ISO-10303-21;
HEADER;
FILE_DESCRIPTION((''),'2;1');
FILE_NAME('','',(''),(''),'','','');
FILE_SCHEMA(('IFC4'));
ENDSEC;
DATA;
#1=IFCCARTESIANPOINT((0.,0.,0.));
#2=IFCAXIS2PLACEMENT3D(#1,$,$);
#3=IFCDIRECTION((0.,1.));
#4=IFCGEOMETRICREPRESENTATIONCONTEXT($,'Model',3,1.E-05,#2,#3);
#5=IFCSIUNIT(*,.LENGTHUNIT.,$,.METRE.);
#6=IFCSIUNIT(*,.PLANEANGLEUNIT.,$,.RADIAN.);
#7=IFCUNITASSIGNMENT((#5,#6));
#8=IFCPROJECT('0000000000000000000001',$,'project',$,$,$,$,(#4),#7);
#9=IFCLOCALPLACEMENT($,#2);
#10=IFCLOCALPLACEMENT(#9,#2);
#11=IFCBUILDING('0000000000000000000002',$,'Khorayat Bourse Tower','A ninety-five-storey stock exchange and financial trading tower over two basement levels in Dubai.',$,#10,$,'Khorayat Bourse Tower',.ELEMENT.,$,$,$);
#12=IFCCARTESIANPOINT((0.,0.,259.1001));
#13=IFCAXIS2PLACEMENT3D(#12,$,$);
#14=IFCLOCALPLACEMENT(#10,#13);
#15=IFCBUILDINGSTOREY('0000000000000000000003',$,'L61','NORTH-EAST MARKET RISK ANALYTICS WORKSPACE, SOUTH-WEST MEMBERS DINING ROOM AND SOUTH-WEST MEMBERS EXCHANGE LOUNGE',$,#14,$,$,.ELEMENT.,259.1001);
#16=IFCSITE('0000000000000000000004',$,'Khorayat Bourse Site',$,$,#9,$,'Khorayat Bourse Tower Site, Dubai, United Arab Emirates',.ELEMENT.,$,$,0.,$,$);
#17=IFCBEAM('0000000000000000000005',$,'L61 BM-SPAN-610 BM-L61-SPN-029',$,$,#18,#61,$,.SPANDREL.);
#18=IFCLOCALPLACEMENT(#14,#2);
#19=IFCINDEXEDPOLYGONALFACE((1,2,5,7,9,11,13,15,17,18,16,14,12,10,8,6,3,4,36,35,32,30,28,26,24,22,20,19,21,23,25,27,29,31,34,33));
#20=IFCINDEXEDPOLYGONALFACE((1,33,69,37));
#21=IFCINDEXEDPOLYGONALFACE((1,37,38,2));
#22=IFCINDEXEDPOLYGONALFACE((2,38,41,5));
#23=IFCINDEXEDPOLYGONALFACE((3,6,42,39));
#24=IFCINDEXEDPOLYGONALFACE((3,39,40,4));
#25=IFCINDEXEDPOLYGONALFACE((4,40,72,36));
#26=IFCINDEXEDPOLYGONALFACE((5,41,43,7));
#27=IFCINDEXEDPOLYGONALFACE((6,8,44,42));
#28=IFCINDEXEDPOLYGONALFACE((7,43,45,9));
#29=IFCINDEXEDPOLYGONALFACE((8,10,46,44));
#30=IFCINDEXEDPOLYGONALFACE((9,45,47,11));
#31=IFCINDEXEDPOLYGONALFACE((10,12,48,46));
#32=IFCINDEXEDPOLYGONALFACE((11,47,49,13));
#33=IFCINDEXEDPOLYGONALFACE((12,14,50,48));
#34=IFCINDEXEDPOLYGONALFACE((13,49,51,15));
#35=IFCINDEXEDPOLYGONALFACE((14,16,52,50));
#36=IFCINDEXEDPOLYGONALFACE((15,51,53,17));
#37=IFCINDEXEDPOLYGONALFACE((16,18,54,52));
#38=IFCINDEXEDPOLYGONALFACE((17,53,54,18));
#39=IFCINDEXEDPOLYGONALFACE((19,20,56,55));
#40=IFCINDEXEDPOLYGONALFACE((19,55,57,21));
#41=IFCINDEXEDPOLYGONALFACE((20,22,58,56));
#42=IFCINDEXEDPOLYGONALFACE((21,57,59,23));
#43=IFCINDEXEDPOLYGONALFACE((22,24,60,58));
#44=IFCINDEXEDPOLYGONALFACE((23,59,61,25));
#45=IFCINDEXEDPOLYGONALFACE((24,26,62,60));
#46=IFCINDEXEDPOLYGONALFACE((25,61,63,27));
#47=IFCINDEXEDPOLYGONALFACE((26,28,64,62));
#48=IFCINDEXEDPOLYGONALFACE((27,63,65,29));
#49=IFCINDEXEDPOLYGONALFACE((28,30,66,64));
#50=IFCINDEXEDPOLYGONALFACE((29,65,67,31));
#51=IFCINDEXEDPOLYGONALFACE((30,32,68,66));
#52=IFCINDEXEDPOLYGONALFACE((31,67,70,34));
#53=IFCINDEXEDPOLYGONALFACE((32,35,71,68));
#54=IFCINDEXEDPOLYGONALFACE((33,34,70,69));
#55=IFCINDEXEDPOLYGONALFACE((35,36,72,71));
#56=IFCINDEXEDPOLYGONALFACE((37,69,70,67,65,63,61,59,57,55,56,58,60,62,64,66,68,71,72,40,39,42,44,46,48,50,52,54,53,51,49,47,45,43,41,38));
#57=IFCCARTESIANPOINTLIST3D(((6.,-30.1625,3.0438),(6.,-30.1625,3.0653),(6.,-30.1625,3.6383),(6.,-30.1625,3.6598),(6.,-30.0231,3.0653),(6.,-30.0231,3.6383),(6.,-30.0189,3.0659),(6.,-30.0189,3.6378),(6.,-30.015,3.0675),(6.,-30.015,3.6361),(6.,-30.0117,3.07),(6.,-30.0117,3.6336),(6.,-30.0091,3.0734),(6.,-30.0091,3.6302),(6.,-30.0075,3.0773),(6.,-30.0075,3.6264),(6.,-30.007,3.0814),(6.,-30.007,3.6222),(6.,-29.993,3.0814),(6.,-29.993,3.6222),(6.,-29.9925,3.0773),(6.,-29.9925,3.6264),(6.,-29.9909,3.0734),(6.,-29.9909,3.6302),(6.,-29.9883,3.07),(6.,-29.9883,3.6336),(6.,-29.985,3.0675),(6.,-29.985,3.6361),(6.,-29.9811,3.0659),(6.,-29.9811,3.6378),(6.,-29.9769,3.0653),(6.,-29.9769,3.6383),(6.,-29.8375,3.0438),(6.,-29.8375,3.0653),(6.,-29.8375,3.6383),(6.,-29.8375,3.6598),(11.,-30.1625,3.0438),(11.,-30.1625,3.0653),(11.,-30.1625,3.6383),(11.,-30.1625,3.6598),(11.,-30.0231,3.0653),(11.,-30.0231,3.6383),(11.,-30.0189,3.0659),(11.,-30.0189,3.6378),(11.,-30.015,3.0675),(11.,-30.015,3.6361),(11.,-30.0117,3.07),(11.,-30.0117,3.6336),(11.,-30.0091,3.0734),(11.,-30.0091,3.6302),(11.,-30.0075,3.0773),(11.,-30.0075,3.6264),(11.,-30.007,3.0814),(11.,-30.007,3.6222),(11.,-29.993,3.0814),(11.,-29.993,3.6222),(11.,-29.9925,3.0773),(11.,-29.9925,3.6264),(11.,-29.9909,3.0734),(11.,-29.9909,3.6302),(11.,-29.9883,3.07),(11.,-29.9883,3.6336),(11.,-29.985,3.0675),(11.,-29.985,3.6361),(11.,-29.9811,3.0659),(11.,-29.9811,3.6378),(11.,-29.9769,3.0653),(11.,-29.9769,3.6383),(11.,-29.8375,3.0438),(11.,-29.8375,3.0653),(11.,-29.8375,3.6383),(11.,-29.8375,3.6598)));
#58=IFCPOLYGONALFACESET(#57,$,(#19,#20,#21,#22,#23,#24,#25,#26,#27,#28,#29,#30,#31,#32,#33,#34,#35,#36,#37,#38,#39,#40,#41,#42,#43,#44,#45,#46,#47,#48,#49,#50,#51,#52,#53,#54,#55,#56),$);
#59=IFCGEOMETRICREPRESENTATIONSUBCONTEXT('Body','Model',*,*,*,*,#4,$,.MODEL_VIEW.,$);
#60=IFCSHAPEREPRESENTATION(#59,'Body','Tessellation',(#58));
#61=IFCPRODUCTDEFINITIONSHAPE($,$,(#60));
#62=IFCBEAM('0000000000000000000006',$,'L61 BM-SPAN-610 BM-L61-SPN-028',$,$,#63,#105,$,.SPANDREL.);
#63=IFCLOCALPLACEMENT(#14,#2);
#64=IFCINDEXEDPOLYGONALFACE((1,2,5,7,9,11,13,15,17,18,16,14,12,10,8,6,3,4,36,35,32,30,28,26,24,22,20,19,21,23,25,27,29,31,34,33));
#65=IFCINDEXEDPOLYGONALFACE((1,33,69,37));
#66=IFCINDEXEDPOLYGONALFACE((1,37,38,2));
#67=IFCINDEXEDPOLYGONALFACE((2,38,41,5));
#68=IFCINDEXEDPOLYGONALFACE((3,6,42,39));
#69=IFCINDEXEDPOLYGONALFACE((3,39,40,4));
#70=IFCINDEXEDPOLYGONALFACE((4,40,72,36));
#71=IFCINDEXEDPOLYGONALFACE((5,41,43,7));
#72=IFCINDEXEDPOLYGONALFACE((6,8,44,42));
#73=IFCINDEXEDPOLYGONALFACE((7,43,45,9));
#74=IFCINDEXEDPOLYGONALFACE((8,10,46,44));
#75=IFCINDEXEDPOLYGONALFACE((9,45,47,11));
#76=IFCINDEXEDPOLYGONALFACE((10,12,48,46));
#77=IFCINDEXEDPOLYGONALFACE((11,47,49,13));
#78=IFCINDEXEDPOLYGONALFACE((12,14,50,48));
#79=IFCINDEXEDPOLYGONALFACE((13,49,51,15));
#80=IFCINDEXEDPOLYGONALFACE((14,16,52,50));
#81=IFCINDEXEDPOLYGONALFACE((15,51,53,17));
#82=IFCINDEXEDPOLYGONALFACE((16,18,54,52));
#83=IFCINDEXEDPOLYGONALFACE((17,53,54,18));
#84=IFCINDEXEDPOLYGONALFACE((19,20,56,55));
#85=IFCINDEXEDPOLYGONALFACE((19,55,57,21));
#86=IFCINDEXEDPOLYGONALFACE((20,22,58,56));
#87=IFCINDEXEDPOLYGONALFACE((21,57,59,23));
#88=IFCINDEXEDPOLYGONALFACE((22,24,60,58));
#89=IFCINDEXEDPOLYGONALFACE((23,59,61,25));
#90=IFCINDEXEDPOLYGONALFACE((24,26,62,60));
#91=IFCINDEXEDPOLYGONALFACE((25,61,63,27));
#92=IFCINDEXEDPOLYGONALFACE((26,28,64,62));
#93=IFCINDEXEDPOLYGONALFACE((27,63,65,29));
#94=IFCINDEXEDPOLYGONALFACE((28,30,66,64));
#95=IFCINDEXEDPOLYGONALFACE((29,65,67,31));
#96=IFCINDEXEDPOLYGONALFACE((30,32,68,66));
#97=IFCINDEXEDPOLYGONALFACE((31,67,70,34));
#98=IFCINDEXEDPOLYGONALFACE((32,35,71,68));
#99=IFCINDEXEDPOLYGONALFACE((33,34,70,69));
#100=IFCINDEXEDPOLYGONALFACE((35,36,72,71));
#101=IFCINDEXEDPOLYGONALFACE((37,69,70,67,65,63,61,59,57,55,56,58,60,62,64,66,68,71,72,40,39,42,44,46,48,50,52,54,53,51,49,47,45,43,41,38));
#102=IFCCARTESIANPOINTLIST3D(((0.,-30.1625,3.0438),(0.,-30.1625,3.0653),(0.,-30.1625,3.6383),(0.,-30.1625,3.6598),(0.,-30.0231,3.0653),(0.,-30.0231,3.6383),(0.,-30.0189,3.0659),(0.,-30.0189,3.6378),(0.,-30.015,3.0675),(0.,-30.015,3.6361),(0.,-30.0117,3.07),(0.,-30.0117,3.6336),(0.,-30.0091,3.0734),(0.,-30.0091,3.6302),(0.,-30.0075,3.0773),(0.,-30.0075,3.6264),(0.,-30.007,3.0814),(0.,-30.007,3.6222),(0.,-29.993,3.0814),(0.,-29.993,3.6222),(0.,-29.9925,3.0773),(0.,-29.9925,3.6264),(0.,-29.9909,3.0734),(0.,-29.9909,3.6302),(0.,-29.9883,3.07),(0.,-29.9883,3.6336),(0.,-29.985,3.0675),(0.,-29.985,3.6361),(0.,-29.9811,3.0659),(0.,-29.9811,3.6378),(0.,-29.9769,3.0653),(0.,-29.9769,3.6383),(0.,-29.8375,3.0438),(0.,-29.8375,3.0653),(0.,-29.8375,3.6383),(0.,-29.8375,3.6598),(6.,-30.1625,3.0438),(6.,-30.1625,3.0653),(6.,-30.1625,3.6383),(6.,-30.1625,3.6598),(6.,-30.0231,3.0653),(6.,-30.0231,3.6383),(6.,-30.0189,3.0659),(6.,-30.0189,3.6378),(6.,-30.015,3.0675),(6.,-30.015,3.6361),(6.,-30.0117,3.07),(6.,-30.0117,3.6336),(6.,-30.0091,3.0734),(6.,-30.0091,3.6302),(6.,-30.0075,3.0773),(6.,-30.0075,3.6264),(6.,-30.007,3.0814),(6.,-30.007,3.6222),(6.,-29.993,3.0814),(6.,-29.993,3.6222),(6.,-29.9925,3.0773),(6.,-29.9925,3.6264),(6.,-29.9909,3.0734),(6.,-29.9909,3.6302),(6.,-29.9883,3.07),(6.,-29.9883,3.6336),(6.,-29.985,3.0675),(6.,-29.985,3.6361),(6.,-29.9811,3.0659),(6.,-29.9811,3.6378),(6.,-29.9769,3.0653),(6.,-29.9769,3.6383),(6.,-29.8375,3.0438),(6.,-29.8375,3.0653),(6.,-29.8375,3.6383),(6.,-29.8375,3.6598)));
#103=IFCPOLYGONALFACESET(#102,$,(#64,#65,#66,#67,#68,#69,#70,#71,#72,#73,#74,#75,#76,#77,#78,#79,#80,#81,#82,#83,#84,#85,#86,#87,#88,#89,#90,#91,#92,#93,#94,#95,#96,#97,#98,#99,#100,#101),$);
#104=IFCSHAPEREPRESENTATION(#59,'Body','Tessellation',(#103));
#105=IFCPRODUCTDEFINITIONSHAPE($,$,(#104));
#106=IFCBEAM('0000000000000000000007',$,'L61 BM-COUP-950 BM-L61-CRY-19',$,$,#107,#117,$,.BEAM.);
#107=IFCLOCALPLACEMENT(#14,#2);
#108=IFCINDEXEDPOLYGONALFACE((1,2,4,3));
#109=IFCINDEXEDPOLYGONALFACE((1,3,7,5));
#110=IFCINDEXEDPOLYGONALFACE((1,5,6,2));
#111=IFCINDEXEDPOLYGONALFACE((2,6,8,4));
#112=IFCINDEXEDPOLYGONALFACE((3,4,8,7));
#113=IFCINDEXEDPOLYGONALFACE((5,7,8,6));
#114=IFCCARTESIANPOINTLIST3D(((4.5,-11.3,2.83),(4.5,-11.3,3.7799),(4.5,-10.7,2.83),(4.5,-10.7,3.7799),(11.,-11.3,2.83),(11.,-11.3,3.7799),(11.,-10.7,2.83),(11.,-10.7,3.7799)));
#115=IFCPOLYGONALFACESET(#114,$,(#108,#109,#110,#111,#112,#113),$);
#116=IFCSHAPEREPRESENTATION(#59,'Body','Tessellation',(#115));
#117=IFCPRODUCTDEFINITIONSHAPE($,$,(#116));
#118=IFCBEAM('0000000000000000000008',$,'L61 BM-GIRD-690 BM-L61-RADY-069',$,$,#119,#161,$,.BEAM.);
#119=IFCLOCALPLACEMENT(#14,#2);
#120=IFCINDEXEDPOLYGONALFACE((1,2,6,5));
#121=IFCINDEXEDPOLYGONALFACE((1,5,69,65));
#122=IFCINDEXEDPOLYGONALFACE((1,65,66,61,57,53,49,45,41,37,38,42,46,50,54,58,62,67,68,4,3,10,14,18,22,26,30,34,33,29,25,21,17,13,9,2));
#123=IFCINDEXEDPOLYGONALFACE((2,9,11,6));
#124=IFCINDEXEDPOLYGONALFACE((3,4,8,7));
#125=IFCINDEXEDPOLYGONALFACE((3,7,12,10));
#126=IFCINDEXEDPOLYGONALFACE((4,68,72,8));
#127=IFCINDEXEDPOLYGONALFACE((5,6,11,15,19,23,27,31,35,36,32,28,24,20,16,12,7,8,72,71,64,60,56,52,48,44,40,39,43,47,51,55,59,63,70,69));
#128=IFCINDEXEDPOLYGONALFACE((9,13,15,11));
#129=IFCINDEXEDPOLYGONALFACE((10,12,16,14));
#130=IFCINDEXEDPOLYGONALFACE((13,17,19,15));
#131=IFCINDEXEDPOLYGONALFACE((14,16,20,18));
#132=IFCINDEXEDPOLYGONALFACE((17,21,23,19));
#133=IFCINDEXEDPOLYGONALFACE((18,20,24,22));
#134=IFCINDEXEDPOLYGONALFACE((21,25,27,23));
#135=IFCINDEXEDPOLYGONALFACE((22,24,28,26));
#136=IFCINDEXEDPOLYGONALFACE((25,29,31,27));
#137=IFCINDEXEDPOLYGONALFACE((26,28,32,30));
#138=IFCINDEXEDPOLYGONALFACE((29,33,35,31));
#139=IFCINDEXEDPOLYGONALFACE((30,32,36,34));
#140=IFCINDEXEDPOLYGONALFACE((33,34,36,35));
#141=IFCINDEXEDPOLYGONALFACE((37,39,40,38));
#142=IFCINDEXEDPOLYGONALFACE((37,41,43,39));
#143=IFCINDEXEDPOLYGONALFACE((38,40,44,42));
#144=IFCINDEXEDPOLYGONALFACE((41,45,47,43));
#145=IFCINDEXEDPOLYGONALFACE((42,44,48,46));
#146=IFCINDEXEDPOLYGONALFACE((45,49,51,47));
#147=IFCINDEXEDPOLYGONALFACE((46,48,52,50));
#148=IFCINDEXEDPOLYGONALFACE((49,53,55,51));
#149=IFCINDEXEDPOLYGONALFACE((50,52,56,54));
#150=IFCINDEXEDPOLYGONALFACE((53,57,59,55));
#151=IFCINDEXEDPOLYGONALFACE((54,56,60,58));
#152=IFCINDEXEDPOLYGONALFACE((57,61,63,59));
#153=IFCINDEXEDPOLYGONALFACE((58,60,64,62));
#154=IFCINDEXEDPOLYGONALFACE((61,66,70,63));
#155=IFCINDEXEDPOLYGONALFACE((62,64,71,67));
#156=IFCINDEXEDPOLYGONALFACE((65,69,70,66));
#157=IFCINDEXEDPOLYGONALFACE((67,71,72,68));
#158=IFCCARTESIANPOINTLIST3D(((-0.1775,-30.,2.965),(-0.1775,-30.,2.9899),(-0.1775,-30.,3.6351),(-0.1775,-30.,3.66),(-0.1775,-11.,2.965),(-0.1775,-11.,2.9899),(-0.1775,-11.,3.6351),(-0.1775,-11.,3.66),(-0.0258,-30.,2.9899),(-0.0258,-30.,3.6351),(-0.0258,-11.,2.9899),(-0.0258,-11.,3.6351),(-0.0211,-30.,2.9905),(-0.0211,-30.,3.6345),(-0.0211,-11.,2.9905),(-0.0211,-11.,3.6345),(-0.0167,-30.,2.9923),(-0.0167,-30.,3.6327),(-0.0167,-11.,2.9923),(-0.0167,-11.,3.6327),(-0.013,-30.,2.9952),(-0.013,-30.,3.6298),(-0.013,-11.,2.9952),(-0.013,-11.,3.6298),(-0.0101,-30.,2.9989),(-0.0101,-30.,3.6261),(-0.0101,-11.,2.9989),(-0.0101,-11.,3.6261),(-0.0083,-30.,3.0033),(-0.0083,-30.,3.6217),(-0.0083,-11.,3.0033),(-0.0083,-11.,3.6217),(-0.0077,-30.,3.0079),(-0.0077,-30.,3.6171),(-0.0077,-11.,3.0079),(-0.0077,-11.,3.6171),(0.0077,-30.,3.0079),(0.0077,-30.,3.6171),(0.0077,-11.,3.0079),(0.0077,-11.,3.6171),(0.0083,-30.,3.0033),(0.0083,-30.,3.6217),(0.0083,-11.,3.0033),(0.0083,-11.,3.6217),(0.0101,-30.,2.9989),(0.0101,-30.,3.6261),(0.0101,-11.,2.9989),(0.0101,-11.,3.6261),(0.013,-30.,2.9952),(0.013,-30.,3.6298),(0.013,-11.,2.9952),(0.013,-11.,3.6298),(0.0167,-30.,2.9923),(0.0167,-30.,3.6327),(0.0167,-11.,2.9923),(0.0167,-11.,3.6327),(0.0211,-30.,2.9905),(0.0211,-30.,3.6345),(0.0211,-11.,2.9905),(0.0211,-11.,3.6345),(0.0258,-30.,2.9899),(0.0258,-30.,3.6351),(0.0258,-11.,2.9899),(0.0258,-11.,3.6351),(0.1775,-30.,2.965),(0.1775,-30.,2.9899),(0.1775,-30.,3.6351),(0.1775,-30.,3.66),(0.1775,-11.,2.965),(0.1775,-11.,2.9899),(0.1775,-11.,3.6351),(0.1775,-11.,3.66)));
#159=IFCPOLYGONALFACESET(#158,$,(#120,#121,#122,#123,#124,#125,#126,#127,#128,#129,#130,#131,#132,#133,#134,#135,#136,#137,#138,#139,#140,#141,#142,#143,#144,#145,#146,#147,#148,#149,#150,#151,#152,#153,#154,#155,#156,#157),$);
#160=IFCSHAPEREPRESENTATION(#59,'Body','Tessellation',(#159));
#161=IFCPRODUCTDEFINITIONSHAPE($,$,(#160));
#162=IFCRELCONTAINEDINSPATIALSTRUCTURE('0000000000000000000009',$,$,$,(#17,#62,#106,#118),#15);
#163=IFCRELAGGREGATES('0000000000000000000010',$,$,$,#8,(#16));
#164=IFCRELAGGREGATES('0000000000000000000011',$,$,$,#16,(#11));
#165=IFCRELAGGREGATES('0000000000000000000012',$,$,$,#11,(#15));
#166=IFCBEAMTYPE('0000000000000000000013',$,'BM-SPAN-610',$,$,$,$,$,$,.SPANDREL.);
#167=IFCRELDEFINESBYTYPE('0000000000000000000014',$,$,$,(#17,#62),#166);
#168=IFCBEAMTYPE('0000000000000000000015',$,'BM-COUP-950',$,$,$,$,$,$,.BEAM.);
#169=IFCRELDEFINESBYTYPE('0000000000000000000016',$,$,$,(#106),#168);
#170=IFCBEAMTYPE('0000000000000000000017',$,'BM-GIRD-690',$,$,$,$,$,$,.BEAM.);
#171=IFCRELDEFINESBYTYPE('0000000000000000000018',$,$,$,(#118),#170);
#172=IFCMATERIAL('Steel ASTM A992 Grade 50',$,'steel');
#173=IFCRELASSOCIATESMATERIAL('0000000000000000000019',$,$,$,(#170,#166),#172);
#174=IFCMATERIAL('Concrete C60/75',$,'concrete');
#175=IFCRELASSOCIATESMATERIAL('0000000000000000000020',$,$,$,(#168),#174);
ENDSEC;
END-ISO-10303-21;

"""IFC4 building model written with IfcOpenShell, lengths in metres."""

from ifc_helpers import new_model, si_unit, direction, frame, origin, origin_2d, place, context, subcontext, project, spatial, rectangle, i_section, extrude, source, transform, mapped, material, material_profile, profile_set, type_object, element, save


model = new_model("IFC4")

# Units and contexts
model_context = context("Model", 3, precision=1e-05, world=origin(), true_north=direction((0.0, 1.0)))
body_context = subcontext(model_context, "Body", "Model", "MODEL_VIEW")
ifc_project = project(units=[si_unit("LENGTHUNIT", "METRE"), si_unit("PLANEANGLEUNIT", "RADIAN")], contexts=[model_context])

# Site, building, storey
site_placement = place(None, origin())
site = spatial("IfcSite", under=ifc_project, at=site_placement, Name="Khorayat Bourse Site", LongName="Khorayat Bourse Tower Site, Dubai, United Arab Emirates", CompositionType="ELEMENT", RefElevation=0.0)
building_placement = place(site_placement, origin())
building = spatial("IfcBuilding", under=site, at=building_placement, Name="Khorayat Bourse Tower", Description="A ninety-five-storey stock exchange and financial trading tower over two basement levels in Dubai.", LongName="Khorayat Bourse Tower", CompositionType="ELEMENT")
storey_placement = place(building_placement, frame((0.0, 0.0, 259.1001)))
storey = spatial("IfcBuildingStorey", under=building, at=storey_placement, Name="L61", Description="NORTH-EAST MARKET RISK ANALYTICS WORKSPACE, SOUTH-WEST MEMBERS DINING ROOM AND SOUTH-WEST MEMBERS EXCHANGE LOUNGE", CompositionType="ELEMENT", Elevation=259.1001)

# Shared definitions
ifc_material_1 = material(Name="Concrete C60/75", Category="concrete")

# Beams
ifc_material_2 = material(Name="Steel ASTM A992 Grade 50", Category="steel")
ifc_material_profile_1 = material_profile(ifc_material_2, i_section(OverallWidth=0.355, OverallDepth=0.6951, WebThickness=0.0154, FlangeThickness=0.0249, FilletRadius=0.0181, at=origin_2d()), Name="W690X217")
ifc_profile_set_1 = profile_set([ifc_material_profile_1], Name="Steel ASTM A992 Grade 50")
beam_type_1 = type_object("IfcBeamType", Name="BM-GIRD-690", PredefinedType="BEAM", material=ifc_profile_set_1)
ifc_material_profile_2 = material_profile(ifc_material_2, i_section(OverallWidth=0.325, OverallDepth=0.616, WebThickness=0.0139, FlangeThickness=0.0215, FilletRadius=0.0161, at=origin_2d()), Name="W610X174")
ifc_profile_set_2 = profile_set([ifc_material_profile_2], Name="Steel ASTM A992 Grade 50")
beam_type_2 = type_object("IfcBeamType", Name="BM-SPAN-610", PredefinedType="SPANDREL", material=ifc_profile_set_2)
shared_shape_1 = source(origin(), body_context, "Body", "SweptSolid", [
    extrude(i_section(OverallWidth=0.325, OverallDepth=0.616, WebThickness=0.0139, FlangeThickness=0.0215, FilletRadius=0.0161, at=origin_2d()), origin(), (0.0, 0.0, 1.0), 5.0),
])
beam_1_placement = place(storey_placement, frame((6.0, -30.0, 3.3518), z_axis=(1.0, 0.0, 0.0), x_axis=(0.0, 1.0, 0.0)))
element("IfcBeam", 1, at=beam_1_placement, inside=storey, type_object=beam_type_2, Name="L61 BM-SPAN-610 BM-L61-SPN-029", PredefinedType="SPANDREL", context=body_context, shape_type="MappedRepresentation", body=[
    mapped(shared_shape_1, transform((0.0, 0.0, 0.0), scale=1.0)),
])
shared_shape_2 = source(origin(), body_context, "Body", "SweptSolid", [
    extrude(i_section(OverallWidth=0.325, OverallDepth=0.616, WebThickness=0.0139, FlangeThickness=0.0215, FilletRadius=0.0161, at=origin_2d()), origin(), (0.0, 0.0, 1.0), 6.0),
])
beam_2_placement = place(storey_placement, frame((0.0, -30.0, 3.3518), z_axis=(1.0, 0.0, 0.0), x_axis=(0.0, 1.0, 0.0)))
element("IfcBeam", 2, at=beam_2_placement, inside=storey, type_object=beam_type_2, Name="L61 BM-SPAN-610 BM-L61-SPN-028", PredefinedType="SPANDREL", context=body_context, shape_type="MappedRepresentation", body=[
    mapped(shared_shape_2, transform((0.0, 0.0, 0.0), scale=1.0)),
])
ifc_material_profile_3 = material_profile(ifc_material_1, rectangle(XDim=0.6001, YDim=0.95, at=origin_2d()), Name="RC 600x950")
ifc_profile_set_3 = profile_set([ifc_material_profile_3], Name="Concrete C60/75")
beam_type_3 = type_object("IfcBeamType", Name="BM-COUP-950", PredefinedType="BEAM", material=ifc_profile_set_3)
shared_shape_3 = source(origin(), body_context, "Body", "SweptSolid", [
    extrude(rectangle(XDim=0.6001, YDim=0.95, at=origin_2d()), origin(), (0.0, 0.0, 1.0), 6.5),
])
beam_3_placement = place(storey_placement, frame((4.5, -11.0, 3.3049), z_axis=(1.0, 0.0, 0.0), x_axis=(0.0, 1.0, 0.0)))
element("IfcBeam", 3, at=beam_3_placement, inside=storey, type_object=beam_type_3, Name="L61 BM-COUP-950 BM-L61-CRY-19", PredefinedType="BEAM", context=body_context, shape_type="MappedRepresentation", body=[
    mapped(shared_shape_3, transform((0.0, 0.0, 0.0), scale=1.0)),
])
shared_shape_4 = source(origin(), body_context, "Body", "SweptSolid", [
    extrude(i_section(OverallWidth=0.355, OverallDepth=0.6951, WebThickness=0.0154, FlangeThickness=0.0249, FilletRadius=0.0181, at=origin_2d()), origin(), (0.0, 0.0, 1.0), 19.0),
])
for number, where, z_axis, x_axis, name in (
    (4, (0.0, -30.0, 3.3125), (0.0, 1.0, 0.0), (-1.0, 0.0, 0.0), "L61 BM-GIRD-690 BM-L61-RADY-069"),
):
    element("IfcBeam", number, at=place(storey_placement, frame(where, z_axis=z_axis, x_axis=x_axis)), inside=storey, type_object=beam_type_1, Name=name, PredefinedType="BEAM", context=body_context, shape_type="MappedRepresentation", body=[
        mapped(shared_shape_4, transform((0.0, 0.0, 0.0), scale=1.0)),
    ])

save(model, "model.ifc")
